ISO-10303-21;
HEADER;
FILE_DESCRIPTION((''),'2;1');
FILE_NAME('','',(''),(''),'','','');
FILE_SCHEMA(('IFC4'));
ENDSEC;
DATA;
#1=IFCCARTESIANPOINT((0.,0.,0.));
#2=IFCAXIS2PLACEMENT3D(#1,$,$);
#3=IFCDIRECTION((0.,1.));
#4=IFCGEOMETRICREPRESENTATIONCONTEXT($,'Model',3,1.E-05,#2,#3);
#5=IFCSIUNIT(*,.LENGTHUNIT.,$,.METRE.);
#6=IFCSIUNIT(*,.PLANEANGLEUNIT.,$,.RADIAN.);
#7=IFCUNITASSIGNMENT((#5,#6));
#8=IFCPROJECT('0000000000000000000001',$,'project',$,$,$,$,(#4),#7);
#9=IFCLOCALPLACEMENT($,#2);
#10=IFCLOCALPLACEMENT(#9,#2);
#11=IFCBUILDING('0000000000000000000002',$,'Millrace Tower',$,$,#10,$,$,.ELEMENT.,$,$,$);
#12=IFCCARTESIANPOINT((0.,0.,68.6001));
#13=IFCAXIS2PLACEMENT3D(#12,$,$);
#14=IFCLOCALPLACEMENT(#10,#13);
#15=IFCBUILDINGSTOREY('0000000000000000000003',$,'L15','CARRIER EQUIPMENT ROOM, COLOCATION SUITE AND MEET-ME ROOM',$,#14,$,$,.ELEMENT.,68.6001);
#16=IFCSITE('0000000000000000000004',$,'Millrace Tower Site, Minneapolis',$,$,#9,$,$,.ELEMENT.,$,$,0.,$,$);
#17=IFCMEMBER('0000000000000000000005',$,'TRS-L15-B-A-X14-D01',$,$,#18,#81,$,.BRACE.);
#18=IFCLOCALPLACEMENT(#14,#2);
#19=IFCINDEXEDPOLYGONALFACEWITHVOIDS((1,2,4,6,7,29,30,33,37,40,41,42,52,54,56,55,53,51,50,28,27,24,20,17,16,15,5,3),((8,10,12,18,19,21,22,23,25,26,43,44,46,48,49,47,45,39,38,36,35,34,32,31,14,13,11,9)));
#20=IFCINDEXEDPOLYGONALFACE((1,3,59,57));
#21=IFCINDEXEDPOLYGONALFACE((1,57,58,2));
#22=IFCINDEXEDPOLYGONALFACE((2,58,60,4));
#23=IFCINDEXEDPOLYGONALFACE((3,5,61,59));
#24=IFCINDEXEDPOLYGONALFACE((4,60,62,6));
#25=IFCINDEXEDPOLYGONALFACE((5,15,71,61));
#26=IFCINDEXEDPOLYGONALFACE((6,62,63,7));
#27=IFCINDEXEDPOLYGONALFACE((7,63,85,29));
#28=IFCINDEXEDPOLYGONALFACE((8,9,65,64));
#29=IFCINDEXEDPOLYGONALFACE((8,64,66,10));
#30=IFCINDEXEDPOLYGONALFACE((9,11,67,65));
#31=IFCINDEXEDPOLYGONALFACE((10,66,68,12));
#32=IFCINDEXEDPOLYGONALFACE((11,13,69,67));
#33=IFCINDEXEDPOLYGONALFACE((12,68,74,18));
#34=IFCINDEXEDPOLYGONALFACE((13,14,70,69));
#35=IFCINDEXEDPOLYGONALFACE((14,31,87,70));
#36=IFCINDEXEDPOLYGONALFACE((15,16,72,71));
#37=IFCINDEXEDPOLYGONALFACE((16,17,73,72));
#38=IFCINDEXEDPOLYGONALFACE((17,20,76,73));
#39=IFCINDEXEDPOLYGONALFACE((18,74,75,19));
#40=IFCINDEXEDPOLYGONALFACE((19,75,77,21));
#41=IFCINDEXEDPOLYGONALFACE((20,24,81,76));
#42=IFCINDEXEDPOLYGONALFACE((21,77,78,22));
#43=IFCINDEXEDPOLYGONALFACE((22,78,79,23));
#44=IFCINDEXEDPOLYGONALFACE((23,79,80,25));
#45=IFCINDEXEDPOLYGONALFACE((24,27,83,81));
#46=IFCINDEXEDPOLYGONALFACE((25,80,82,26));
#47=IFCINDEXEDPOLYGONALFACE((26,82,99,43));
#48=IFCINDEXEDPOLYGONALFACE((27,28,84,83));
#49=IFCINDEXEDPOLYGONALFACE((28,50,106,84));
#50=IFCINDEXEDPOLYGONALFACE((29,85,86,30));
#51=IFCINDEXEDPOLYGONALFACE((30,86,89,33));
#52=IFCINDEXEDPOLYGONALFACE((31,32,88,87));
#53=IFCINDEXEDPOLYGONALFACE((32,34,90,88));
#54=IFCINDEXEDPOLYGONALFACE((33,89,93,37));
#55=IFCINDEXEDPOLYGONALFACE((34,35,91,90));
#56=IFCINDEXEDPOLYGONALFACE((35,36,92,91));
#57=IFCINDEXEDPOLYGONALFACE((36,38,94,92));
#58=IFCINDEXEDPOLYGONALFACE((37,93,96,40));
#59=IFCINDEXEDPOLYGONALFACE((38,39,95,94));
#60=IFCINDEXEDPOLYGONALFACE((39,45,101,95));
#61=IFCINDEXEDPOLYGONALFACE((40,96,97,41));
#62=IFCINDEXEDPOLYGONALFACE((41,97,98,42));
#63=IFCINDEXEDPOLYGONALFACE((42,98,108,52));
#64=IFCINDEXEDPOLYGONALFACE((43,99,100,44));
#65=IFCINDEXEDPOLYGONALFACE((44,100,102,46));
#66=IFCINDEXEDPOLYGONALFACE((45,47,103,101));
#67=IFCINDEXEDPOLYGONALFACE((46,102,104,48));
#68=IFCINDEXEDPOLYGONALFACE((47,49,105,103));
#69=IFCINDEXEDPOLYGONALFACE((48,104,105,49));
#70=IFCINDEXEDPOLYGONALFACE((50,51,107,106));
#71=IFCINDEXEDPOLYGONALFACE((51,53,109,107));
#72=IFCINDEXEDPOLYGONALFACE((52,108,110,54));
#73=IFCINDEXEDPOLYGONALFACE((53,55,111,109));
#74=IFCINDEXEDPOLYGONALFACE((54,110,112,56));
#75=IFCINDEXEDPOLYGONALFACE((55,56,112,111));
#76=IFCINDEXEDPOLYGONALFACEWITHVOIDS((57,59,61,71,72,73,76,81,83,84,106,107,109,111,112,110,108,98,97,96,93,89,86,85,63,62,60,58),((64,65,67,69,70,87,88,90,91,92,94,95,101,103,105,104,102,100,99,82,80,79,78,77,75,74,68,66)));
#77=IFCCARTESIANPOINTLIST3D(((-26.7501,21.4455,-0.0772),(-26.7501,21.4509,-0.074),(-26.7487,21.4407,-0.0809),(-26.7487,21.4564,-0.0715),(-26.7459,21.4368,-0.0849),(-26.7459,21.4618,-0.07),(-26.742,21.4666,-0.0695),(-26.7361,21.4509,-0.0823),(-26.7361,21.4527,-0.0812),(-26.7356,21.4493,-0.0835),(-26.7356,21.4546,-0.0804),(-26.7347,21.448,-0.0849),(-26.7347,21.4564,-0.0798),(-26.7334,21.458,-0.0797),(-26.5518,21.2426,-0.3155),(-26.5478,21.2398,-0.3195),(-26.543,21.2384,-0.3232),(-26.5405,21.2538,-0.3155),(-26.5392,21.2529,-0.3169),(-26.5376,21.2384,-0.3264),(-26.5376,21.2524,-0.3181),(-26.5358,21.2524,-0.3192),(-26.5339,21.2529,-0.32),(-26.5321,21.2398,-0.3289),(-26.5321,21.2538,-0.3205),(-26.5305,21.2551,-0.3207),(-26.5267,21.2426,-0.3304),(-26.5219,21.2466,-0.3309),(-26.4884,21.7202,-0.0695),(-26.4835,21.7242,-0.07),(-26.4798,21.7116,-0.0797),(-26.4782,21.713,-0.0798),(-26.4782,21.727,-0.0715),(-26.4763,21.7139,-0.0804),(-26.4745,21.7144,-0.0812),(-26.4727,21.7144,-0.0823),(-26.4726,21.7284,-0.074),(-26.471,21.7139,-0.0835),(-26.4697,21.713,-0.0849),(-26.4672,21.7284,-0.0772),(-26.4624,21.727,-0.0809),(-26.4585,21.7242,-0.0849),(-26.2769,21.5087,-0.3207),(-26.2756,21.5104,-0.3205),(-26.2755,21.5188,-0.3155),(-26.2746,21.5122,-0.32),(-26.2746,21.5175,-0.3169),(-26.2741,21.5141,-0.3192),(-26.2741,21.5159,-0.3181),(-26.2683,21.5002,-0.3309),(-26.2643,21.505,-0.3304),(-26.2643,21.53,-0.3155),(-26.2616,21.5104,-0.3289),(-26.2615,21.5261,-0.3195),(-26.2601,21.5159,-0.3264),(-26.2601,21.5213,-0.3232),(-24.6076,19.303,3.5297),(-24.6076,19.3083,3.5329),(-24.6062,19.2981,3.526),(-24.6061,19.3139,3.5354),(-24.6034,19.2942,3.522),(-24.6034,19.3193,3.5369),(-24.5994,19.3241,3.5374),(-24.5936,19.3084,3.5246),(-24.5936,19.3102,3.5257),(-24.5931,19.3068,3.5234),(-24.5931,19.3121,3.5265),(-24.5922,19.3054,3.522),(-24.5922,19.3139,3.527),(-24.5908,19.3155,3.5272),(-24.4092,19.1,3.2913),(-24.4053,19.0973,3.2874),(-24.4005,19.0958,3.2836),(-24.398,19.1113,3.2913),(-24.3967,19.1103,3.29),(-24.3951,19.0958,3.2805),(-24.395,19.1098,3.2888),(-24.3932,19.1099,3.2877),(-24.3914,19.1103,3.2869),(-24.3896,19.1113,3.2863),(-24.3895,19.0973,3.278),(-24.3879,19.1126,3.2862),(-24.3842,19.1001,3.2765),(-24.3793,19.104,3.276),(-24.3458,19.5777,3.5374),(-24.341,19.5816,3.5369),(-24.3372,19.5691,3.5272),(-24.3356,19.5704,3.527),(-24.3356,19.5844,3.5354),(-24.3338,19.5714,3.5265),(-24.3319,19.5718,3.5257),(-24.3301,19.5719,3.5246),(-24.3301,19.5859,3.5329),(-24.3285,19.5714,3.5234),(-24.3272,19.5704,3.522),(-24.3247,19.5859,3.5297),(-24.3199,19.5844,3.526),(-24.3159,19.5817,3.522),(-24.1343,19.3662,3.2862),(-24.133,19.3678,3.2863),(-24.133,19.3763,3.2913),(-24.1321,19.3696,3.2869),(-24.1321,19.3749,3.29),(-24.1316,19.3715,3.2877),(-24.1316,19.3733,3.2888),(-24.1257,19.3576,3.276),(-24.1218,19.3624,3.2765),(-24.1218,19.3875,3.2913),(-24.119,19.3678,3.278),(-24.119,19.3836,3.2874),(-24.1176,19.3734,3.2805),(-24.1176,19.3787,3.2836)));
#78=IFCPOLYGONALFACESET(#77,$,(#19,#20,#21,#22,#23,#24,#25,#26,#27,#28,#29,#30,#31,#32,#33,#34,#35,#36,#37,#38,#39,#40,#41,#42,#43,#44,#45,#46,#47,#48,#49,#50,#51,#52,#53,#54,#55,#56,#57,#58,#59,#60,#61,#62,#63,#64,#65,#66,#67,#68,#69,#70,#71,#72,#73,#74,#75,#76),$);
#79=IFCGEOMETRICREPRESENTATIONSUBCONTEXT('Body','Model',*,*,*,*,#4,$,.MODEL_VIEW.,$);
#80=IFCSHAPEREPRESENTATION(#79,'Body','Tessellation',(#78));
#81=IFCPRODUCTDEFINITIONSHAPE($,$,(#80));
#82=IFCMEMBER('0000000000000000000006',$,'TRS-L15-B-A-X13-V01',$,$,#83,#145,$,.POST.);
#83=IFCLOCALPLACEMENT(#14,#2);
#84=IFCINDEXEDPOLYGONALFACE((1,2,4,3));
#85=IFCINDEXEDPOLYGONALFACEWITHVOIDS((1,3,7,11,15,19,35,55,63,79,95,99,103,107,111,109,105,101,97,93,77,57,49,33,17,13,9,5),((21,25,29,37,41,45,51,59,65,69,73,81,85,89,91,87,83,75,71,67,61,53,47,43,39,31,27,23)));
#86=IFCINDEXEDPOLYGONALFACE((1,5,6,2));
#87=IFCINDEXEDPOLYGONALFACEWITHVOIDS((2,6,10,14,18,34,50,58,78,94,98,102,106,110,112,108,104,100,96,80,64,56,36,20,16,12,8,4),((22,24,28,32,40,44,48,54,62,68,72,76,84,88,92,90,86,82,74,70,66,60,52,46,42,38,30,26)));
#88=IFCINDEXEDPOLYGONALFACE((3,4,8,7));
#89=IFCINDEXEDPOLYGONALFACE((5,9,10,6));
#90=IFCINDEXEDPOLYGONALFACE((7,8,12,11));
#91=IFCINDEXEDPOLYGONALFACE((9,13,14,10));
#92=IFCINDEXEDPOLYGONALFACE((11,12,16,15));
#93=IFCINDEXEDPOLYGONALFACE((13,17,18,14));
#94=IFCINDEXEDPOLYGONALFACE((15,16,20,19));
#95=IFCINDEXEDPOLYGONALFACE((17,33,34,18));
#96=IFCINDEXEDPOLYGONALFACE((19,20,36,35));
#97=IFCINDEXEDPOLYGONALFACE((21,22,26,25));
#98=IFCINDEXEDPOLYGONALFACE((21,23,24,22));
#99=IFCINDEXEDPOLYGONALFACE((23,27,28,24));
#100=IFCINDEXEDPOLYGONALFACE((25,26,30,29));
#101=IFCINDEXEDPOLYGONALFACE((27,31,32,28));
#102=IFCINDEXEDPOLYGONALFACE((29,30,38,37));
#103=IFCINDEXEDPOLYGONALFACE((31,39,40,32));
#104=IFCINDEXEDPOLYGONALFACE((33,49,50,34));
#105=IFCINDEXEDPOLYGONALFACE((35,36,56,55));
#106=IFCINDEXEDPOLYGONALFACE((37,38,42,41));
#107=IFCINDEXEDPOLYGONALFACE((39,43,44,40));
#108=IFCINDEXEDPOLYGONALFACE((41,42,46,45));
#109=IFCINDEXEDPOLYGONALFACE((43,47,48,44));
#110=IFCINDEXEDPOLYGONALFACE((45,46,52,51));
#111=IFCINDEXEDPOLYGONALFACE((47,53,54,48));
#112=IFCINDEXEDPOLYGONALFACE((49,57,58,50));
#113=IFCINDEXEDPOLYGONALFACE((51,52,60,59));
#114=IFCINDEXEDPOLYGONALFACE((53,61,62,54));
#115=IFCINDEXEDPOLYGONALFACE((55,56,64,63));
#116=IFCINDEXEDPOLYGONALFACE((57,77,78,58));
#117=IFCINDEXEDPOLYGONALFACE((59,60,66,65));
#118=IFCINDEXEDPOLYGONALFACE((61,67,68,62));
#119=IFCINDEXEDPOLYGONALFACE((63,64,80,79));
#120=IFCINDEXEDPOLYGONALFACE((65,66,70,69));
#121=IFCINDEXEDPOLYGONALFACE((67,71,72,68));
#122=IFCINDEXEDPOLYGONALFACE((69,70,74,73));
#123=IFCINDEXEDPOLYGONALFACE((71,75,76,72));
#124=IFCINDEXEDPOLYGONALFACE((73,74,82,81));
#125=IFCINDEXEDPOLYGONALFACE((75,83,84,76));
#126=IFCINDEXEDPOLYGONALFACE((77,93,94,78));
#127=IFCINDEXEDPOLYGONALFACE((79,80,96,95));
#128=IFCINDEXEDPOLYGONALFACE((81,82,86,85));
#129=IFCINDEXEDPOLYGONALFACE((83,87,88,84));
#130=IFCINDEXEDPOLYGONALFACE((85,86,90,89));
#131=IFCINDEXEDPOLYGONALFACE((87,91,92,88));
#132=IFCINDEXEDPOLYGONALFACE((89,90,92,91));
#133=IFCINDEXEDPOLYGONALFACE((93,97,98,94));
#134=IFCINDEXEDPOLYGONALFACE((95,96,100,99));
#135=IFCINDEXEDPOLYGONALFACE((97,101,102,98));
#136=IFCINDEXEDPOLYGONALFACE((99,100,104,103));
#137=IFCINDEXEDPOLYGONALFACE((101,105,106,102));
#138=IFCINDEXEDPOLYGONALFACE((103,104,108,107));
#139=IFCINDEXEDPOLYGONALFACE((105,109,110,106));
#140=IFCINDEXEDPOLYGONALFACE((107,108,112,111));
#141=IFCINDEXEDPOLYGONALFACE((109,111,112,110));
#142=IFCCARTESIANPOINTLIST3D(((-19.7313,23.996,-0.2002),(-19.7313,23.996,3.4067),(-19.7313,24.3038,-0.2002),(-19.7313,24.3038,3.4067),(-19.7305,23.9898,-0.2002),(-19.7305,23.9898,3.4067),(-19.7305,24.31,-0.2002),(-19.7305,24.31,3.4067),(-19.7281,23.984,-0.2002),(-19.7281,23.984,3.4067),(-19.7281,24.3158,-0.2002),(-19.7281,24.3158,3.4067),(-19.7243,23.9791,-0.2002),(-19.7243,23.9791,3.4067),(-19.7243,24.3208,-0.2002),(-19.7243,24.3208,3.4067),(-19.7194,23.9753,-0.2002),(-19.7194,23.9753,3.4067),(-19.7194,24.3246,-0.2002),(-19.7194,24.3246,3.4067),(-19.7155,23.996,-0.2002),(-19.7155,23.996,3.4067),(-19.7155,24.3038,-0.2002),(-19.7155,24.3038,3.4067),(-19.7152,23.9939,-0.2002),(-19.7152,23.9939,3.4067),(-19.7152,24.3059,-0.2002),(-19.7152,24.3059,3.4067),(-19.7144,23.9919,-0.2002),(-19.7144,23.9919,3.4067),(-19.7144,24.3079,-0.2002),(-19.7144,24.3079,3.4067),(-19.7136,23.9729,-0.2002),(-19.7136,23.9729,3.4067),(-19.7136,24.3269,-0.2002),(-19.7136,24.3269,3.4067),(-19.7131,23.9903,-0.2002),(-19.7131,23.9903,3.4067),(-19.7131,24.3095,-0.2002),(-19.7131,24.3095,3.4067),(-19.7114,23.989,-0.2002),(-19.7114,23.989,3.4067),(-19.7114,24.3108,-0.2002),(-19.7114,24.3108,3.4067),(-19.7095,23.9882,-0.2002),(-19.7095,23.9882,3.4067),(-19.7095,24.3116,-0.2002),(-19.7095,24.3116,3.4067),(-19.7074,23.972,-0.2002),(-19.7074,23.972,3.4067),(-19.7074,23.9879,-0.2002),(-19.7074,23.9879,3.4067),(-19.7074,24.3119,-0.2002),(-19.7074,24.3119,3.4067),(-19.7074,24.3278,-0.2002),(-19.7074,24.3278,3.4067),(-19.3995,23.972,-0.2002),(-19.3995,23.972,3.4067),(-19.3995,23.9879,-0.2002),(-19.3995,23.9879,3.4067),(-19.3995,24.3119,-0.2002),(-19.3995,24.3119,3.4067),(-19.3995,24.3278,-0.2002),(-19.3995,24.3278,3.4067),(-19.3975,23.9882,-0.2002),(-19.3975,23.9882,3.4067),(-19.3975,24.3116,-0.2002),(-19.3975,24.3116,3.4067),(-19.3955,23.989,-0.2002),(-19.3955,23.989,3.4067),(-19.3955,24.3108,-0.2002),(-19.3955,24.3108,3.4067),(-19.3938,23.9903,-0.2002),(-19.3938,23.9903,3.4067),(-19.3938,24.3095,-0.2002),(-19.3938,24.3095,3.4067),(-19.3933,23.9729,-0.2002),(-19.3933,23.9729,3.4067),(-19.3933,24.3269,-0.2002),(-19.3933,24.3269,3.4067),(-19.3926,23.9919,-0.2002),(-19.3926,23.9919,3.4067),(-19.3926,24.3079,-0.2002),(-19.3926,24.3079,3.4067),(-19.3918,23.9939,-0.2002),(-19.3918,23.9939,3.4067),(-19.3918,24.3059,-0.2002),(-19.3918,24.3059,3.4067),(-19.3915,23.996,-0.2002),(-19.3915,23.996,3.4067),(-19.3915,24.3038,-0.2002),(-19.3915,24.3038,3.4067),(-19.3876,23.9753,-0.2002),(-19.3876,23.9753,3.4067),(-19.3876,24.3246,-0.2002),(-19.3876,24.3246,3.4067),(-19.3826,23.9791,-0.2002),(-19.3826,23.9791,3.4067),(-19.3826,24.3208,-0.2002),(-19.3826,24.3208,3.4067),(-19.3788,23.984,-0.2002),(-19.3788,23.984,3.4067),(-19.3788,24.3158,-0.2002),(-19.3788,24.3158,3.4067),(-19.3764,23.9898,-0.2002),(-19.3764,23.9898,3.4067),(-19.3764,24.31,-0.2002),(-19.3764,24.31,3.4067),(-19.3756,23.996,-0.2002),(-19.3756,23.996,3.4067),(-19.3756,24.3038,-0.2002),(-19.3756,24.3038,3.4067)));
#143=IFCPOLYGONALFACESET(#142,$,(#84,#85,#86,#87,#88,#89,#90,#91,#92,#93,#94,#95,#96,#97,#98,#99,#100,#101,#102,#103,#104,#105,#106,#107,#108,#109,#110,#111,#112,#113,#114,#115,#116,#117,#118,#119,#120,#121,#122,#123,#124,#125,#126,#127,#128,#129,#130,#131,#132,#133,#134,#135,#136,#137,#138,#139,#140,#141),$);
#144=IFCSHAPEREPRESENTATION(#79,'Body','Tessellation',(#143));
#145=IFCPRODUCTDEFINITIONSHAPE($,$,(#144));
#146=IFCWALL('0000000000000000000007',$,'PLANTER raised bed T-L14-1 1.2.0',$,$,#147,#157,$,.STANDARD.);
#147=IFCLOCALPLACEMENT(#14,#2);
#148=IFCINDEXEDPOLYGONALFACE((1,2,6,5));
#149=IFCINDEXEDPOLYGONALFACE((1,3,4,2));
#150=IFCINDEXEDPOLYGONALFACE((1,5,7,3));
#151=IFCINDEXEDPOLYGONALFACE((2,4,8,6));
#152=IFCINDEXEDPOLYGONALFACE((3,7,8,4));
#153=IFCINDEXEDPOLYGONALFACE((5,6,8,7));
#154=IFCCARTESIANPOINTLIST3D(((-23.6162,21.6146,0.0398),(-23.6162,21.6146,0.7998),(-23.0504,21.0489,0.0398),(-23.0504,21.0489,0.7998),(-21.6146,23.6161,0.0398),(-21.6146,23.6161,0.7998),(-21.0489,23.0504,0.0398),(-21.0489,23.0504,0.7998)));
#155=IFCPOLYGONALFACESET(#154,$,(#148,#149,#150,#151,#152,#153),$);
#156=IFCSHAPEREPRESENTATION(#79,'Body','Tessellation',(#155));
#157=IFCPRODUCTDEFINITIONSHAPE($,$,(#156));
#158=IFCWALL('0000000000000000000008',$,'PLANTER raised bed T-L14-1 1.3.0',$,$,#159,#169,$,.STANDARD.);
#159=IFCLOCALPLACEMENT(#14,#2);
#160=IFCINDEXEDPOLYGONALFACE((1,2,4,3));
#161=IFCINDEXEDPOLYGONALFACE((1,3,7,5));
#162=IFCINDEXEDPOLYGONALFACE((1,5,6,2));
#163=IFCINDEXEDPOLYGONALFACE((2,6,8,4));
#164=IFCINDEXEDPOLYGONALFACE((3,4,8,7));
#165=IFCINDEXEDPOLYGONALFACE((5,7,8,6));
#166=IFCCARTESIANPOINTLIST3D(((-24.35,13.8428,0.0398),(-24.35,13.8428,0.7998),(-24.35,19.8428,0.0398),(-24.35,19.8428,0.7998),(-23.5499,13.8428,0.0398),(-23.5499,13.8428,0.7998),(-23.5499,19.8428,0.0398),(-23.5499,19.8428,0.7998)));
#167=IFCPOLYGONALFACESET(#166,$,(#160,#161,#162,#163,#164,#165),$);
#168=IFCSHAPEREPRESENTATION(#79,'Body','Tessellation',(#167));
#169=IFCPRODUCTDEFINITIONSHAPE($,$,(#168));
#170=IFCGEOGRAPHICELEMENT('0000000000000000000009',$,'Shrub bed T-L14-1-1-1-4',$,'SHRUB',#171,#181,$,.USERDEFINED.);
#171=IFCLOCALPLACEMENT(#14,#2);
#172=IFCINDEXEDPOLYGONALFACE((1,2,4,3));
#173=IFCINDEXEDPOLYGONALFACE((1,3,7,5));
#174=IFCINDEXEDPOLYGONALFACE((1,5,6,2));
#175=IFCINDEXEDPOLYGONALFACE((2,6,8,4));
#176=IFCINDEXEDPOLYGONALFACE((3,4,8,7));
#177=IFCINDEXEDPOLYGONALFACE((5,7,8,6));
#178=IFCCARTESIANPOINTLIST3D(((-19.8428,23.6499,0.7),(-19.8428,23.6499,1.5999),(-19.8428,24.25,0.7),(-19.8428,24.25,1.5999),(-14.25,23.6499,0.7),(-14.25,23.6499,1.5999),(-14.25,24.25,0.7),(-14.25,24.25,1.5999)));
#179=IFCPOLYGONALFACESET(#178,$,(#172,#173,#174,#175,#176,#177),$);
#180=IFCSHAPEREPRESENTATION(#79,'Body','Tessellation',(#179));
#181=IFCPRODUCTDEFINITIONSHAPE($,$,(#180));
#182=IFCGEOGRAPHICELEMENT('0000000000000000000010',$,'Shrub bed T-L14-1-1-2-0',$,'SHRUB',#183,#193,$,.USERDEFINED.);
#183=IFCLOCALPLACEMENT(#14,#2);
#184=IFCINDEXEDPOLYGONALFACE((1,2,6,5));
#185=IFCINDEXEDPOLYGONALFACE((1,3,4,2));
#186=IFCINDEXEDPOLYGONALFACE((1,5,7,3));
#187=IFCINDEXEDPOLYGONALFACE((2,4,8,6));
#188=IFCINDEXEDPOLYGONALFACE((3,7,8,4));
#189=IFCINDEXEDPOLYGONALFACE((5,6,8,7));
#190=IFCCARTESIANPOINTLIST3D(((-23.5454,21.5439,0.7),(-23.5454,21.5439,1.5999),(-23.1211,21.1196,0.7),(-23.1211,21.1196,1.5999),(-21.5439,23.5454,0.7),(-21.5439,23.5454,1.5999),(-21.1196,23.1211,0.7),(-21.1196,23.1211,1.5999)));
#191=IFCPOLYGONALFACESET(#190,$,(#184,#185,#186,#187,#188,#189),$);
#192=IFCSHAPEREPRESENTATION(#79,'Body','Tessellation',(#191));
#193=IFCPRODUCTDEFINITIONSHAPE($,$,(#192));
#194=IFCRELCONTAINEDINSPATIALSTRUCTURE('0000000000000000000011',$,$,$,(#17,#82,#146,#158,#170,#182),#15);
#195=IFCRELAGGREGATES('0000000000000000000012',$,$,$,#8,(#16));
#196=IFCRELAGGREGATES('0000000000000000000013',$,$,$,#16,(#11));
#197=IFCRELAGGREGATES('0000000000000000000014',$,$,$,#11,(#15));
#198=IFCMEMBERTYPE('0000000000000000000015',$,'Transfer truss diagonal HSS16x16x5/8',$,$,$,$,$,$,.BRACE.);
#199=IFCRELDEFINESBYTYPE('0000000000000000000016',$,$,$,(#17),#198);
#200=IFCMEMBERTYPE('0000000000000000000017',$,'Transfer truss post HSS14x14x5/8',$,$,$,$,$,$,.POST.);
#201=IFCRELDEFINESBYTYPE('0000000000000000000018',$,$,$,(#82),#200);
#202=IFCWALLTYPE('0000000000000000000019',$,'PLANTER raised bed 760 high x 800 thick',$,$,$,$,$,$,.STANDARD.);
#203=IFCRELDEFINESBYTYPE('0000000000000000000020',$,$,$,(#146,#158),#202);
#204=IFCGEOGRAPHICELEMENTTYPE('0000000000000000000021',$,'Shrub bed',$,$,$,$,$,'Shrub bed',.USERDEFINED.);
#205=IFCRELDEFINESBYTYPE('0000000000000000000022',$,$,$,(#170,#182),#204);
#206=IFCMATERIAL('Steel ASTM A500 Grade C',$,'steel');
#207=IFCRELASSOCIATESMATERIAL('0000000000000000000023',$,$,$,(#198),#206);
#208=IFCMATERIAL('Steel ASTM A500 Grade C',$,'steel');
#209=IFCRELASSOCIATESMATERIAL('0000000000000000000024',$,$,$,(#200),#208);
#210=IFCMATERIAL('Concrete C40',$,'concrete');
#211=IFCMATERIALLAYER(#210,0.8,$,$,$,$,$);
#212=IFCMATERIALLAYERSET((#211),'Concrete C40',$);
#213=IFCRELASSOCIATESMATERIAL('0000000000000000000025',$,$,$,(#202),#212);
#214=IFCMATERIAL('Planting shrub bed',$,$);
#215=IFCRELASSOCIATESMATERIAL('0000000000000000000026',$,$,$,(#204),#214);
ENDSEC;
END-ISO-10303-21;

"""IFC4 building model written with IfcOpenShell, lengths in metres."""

from ifc_helpers import new_model, si_unit, direction, frame, frame_2d, origin, origin_2d, place, context, subcontext, project, spatial, rectangle, hollow_rectangle, extrude, material, layer, layer_set, material_profile, profile_set, type_object, element, save


model = new_model("IFC4")

# Units and contexts
model_context = context("Model", 3, precision=1e-05, world=origin(), true_north=direction((0.0, 1.0)))
body_context = subcontext(model_context, "Body", "Model", "MODEL_VIEW")
ifc_project = project(units=[si_unit("LENGTHUNIT", "METRE"), si_unit("PLANEANGLEUNIT", "RADIAN")], contexts=[model_context])

# Site, building, storey
site_placement = place(None, origin())
site = spatial("IfcSite", under=ifc_project, at=site_placement, Name="Millrace Tower Site, Minneapolis", CompositionType="ELEMENT", RefElevation=0.0)
building_placement = place(site_placement, origin())
building = spatial("IfcBuilding", under=site, at=building_placement, Name="Millrace Tower", CompositionType="ELEMENT")
storey_placement = place(building_placement, frame((0.0, 0.0, 68.6001)))
storey = spatial("IfcBuildingStorey", under=building, at=storey_placement, Name="L15", Description="CARRIER EQUIPMENT ROOM, COLOCATION SUITE AND MEET-ME ROOM", CompositionType="ELEMENT", Elevation=68.6001)

# Members
ifc_material_1 = material(Name="Steel ASTM A500 Grade C", Category="steel")
ifc_material_profile_1 = material_profile(ifc_material_1, hollow_rectangle(XDim=0.4065, YDim=0.4065, WallThickness=0.0159, InnerFilletRadius=0.0081, OuterFilletRadius=0.0239, at=origin_2d()))
ifc_profile_set_1 = profile_set([ifc_material_profile_1], Name="Steel ASTM A500 Grade C")
member_type_1 = type_object("IfcMemberType", Name="Transfer truss diagonal HSS16x16x5/8", PredefinedType="BRACE", material=ifc_profile_set_1)
member_1_placement = place(storey_placement, frame((-26.5051, 21.4834, -0.2002), z_axis=(0.454827, -0.454827, 0.76568), x_axis=(0.707107, 0.707107, 0.0)))
element("IfcMember", 1, at=member_1_placement, inside=storey, type_object=member_type_1, Name="TRS-L15-B-A-X14-D01", PredefinedType="BRACE", context=body_context, shape_type="SweptSolid", body=[
    extrude(hollow_rectangle(XDim=0.4065, YDim=0.4065, WallThickness=0.0159, InnerFilletRadius=0.0081, OuterFilletRadius=0.0239, at=origin_2d()), origin(), (0.0, 0.0, 1.0), 4.7107),
])
ifc_material_2 = material(Name="Steel ASTM A500 Grade C", Category="steel")
ifc_material_profile_2 = material_profile(ifc_material_2, hollow_rectangle(XDim=0.3557, YDim=0.3557, WallThickness=0.0159, InnerFilletRadius=0.0081, OuterFilletRadius=0.0239, at=origin_2d()))
ifc_profile_set_2 = profile_set([ifc_material_profile_2], Name="Steel ASTM A500 Grade C")
member_type_2 = type_object("IfcMemberType", Name="Transfer truss post HSS14x14x5/8", PredefinedType="POST", material=ifc_profile_set_2)
member_2_placement = place(storey_placement, frame((-19.5535, 24.1499, -0.2002), z_axis=(0.0, 0.0, 1.0), x_axis=(1.0, 0.0, 0.0)))
element("IfcMember", 2, at=member_2_placement, inside=storey, type_object=member_type_2, Name="TRS-L15-B-A-X13-V01", PredefinedType="POST", context=body_context, shape_type="SweptSolid", body=[
    extrude(hollow_rectangle(XDim=0.3557, YDim=0.3557, WallThickness=0.0159, InnerFilletRadius=0.0081, OuterFilletRadius=0.0239, at=origin_2d()), origin(), (0.0, 0.0, 1.0), 3.6069),
])

# Walls
ifc_material_3 = material(Name="Concrete C40", Category="concrete")
ifc_layer_1 = layer(ifc_material_3, 0.8)
ifc_layer_set_1 = layer_set([ifc_layer_1], Name="Concrete C40")
wall_type = type_object("IfcWallType", Name="PLANTER raised bed 760 high x 800 thick", PredefinedType="STANDARD", material=ifc_layer_set_1)
wall_1_placement = place(storey_placement, frame((-21.3318, 23.3333, 0.0398), z_axis=(0.0, 0.0, 1.0), x_axis=(-0.707107, -0.707107, 0.0)))
element("IfcWall", 3, at=wall_1_placement, inside=storey, type_object=wall_type, Name="PLANTER raised bed T-L14-1 1.2.0", PredefinedType="STANDARD", context=body_context, shape_type="SweptSolid", body=[
    extrude(rectangle(XDim=2.8306, YDim=0.8, at=frame_2d((1.4153, 0.0))), origin(), (0.0, 0.0, 1.0), 0.76),
])
wall_2_placement = place(storey_placement, frame((-23.95, 19.8428, 0.0398), z_axis=(0.0, 0.0, 1.0), x_axis=(0.0, -1.0, 0.0)))
element("IfcWall", 4, at=wall_2_placement, inside=storey, type_object=wall_type, Name="PLANTER raised bed T-L14-1 1.3.0", PredefinedType="STANDARD", context=body_context, shape_type="SweptSolid", body=[
    extrude(rectangle(XDim=6.0, YDim=0.8, at=frame_2d((3.0, 0.0))), origin(), (0.0, 0.0, 1.0), 0.76),
])

# Geographic elements
ifc_material_4 = material(Name="Planting shrub bed")
geographic_element_type = type_object("IfcGeographicElementType", Name="Shrub bed", ElementType="Shrub bed", PredefinedType="USERDEFINED", material=ifc_material_4)
geographic_element_1_placement = place(storey_placement, frame((-17.0464, 23.95, 0.7), z_axis=(0.0, 0.0, 1.0), x_axis=(-1.0, 0.0, 0.0)))
element("IfcGeographicElement", 5, at=geographic_element_1_placement, inside=storey, type_object=geographic_element_type, Name="Shrub bed T-L14-1-1-1-4", ObjectType="SHRUB", PredefinedType="USERDEFINED", context=body_context, shape_type="SweptSolid", body=[
    extrude(rectangle(XDim=5.5928, YDim=0.6001, at=origin_2d()), origin(), (0.0, 0.0, 1.0), 0.8999),
])
geographic_element_2_placement = place(storey_placement, frame((-22.3325, 22.3325, 0.7), z_axis=(0.0, 0.0, 1.0), x_axis=(-0.707107, -0.707107, 0.0)))
element("IfcGeographicElement", 6, at=geographic_element_2_placement, inside=storey, type_object=geographic_element_type, Name="Shrub bed T-L14-1-1-2-0", ObjectType="SHRUB", PredefinedType="USERDEFINED", context=body_context, shape_type="SweptSolid", body=[
    extrude(rectangle(XDim=2.8306, YDim=0.6001, at=origin_2d()), origin(), (0.0, 0.0, 1.0), 0.8999),
])

save(model, "model.ifc")
